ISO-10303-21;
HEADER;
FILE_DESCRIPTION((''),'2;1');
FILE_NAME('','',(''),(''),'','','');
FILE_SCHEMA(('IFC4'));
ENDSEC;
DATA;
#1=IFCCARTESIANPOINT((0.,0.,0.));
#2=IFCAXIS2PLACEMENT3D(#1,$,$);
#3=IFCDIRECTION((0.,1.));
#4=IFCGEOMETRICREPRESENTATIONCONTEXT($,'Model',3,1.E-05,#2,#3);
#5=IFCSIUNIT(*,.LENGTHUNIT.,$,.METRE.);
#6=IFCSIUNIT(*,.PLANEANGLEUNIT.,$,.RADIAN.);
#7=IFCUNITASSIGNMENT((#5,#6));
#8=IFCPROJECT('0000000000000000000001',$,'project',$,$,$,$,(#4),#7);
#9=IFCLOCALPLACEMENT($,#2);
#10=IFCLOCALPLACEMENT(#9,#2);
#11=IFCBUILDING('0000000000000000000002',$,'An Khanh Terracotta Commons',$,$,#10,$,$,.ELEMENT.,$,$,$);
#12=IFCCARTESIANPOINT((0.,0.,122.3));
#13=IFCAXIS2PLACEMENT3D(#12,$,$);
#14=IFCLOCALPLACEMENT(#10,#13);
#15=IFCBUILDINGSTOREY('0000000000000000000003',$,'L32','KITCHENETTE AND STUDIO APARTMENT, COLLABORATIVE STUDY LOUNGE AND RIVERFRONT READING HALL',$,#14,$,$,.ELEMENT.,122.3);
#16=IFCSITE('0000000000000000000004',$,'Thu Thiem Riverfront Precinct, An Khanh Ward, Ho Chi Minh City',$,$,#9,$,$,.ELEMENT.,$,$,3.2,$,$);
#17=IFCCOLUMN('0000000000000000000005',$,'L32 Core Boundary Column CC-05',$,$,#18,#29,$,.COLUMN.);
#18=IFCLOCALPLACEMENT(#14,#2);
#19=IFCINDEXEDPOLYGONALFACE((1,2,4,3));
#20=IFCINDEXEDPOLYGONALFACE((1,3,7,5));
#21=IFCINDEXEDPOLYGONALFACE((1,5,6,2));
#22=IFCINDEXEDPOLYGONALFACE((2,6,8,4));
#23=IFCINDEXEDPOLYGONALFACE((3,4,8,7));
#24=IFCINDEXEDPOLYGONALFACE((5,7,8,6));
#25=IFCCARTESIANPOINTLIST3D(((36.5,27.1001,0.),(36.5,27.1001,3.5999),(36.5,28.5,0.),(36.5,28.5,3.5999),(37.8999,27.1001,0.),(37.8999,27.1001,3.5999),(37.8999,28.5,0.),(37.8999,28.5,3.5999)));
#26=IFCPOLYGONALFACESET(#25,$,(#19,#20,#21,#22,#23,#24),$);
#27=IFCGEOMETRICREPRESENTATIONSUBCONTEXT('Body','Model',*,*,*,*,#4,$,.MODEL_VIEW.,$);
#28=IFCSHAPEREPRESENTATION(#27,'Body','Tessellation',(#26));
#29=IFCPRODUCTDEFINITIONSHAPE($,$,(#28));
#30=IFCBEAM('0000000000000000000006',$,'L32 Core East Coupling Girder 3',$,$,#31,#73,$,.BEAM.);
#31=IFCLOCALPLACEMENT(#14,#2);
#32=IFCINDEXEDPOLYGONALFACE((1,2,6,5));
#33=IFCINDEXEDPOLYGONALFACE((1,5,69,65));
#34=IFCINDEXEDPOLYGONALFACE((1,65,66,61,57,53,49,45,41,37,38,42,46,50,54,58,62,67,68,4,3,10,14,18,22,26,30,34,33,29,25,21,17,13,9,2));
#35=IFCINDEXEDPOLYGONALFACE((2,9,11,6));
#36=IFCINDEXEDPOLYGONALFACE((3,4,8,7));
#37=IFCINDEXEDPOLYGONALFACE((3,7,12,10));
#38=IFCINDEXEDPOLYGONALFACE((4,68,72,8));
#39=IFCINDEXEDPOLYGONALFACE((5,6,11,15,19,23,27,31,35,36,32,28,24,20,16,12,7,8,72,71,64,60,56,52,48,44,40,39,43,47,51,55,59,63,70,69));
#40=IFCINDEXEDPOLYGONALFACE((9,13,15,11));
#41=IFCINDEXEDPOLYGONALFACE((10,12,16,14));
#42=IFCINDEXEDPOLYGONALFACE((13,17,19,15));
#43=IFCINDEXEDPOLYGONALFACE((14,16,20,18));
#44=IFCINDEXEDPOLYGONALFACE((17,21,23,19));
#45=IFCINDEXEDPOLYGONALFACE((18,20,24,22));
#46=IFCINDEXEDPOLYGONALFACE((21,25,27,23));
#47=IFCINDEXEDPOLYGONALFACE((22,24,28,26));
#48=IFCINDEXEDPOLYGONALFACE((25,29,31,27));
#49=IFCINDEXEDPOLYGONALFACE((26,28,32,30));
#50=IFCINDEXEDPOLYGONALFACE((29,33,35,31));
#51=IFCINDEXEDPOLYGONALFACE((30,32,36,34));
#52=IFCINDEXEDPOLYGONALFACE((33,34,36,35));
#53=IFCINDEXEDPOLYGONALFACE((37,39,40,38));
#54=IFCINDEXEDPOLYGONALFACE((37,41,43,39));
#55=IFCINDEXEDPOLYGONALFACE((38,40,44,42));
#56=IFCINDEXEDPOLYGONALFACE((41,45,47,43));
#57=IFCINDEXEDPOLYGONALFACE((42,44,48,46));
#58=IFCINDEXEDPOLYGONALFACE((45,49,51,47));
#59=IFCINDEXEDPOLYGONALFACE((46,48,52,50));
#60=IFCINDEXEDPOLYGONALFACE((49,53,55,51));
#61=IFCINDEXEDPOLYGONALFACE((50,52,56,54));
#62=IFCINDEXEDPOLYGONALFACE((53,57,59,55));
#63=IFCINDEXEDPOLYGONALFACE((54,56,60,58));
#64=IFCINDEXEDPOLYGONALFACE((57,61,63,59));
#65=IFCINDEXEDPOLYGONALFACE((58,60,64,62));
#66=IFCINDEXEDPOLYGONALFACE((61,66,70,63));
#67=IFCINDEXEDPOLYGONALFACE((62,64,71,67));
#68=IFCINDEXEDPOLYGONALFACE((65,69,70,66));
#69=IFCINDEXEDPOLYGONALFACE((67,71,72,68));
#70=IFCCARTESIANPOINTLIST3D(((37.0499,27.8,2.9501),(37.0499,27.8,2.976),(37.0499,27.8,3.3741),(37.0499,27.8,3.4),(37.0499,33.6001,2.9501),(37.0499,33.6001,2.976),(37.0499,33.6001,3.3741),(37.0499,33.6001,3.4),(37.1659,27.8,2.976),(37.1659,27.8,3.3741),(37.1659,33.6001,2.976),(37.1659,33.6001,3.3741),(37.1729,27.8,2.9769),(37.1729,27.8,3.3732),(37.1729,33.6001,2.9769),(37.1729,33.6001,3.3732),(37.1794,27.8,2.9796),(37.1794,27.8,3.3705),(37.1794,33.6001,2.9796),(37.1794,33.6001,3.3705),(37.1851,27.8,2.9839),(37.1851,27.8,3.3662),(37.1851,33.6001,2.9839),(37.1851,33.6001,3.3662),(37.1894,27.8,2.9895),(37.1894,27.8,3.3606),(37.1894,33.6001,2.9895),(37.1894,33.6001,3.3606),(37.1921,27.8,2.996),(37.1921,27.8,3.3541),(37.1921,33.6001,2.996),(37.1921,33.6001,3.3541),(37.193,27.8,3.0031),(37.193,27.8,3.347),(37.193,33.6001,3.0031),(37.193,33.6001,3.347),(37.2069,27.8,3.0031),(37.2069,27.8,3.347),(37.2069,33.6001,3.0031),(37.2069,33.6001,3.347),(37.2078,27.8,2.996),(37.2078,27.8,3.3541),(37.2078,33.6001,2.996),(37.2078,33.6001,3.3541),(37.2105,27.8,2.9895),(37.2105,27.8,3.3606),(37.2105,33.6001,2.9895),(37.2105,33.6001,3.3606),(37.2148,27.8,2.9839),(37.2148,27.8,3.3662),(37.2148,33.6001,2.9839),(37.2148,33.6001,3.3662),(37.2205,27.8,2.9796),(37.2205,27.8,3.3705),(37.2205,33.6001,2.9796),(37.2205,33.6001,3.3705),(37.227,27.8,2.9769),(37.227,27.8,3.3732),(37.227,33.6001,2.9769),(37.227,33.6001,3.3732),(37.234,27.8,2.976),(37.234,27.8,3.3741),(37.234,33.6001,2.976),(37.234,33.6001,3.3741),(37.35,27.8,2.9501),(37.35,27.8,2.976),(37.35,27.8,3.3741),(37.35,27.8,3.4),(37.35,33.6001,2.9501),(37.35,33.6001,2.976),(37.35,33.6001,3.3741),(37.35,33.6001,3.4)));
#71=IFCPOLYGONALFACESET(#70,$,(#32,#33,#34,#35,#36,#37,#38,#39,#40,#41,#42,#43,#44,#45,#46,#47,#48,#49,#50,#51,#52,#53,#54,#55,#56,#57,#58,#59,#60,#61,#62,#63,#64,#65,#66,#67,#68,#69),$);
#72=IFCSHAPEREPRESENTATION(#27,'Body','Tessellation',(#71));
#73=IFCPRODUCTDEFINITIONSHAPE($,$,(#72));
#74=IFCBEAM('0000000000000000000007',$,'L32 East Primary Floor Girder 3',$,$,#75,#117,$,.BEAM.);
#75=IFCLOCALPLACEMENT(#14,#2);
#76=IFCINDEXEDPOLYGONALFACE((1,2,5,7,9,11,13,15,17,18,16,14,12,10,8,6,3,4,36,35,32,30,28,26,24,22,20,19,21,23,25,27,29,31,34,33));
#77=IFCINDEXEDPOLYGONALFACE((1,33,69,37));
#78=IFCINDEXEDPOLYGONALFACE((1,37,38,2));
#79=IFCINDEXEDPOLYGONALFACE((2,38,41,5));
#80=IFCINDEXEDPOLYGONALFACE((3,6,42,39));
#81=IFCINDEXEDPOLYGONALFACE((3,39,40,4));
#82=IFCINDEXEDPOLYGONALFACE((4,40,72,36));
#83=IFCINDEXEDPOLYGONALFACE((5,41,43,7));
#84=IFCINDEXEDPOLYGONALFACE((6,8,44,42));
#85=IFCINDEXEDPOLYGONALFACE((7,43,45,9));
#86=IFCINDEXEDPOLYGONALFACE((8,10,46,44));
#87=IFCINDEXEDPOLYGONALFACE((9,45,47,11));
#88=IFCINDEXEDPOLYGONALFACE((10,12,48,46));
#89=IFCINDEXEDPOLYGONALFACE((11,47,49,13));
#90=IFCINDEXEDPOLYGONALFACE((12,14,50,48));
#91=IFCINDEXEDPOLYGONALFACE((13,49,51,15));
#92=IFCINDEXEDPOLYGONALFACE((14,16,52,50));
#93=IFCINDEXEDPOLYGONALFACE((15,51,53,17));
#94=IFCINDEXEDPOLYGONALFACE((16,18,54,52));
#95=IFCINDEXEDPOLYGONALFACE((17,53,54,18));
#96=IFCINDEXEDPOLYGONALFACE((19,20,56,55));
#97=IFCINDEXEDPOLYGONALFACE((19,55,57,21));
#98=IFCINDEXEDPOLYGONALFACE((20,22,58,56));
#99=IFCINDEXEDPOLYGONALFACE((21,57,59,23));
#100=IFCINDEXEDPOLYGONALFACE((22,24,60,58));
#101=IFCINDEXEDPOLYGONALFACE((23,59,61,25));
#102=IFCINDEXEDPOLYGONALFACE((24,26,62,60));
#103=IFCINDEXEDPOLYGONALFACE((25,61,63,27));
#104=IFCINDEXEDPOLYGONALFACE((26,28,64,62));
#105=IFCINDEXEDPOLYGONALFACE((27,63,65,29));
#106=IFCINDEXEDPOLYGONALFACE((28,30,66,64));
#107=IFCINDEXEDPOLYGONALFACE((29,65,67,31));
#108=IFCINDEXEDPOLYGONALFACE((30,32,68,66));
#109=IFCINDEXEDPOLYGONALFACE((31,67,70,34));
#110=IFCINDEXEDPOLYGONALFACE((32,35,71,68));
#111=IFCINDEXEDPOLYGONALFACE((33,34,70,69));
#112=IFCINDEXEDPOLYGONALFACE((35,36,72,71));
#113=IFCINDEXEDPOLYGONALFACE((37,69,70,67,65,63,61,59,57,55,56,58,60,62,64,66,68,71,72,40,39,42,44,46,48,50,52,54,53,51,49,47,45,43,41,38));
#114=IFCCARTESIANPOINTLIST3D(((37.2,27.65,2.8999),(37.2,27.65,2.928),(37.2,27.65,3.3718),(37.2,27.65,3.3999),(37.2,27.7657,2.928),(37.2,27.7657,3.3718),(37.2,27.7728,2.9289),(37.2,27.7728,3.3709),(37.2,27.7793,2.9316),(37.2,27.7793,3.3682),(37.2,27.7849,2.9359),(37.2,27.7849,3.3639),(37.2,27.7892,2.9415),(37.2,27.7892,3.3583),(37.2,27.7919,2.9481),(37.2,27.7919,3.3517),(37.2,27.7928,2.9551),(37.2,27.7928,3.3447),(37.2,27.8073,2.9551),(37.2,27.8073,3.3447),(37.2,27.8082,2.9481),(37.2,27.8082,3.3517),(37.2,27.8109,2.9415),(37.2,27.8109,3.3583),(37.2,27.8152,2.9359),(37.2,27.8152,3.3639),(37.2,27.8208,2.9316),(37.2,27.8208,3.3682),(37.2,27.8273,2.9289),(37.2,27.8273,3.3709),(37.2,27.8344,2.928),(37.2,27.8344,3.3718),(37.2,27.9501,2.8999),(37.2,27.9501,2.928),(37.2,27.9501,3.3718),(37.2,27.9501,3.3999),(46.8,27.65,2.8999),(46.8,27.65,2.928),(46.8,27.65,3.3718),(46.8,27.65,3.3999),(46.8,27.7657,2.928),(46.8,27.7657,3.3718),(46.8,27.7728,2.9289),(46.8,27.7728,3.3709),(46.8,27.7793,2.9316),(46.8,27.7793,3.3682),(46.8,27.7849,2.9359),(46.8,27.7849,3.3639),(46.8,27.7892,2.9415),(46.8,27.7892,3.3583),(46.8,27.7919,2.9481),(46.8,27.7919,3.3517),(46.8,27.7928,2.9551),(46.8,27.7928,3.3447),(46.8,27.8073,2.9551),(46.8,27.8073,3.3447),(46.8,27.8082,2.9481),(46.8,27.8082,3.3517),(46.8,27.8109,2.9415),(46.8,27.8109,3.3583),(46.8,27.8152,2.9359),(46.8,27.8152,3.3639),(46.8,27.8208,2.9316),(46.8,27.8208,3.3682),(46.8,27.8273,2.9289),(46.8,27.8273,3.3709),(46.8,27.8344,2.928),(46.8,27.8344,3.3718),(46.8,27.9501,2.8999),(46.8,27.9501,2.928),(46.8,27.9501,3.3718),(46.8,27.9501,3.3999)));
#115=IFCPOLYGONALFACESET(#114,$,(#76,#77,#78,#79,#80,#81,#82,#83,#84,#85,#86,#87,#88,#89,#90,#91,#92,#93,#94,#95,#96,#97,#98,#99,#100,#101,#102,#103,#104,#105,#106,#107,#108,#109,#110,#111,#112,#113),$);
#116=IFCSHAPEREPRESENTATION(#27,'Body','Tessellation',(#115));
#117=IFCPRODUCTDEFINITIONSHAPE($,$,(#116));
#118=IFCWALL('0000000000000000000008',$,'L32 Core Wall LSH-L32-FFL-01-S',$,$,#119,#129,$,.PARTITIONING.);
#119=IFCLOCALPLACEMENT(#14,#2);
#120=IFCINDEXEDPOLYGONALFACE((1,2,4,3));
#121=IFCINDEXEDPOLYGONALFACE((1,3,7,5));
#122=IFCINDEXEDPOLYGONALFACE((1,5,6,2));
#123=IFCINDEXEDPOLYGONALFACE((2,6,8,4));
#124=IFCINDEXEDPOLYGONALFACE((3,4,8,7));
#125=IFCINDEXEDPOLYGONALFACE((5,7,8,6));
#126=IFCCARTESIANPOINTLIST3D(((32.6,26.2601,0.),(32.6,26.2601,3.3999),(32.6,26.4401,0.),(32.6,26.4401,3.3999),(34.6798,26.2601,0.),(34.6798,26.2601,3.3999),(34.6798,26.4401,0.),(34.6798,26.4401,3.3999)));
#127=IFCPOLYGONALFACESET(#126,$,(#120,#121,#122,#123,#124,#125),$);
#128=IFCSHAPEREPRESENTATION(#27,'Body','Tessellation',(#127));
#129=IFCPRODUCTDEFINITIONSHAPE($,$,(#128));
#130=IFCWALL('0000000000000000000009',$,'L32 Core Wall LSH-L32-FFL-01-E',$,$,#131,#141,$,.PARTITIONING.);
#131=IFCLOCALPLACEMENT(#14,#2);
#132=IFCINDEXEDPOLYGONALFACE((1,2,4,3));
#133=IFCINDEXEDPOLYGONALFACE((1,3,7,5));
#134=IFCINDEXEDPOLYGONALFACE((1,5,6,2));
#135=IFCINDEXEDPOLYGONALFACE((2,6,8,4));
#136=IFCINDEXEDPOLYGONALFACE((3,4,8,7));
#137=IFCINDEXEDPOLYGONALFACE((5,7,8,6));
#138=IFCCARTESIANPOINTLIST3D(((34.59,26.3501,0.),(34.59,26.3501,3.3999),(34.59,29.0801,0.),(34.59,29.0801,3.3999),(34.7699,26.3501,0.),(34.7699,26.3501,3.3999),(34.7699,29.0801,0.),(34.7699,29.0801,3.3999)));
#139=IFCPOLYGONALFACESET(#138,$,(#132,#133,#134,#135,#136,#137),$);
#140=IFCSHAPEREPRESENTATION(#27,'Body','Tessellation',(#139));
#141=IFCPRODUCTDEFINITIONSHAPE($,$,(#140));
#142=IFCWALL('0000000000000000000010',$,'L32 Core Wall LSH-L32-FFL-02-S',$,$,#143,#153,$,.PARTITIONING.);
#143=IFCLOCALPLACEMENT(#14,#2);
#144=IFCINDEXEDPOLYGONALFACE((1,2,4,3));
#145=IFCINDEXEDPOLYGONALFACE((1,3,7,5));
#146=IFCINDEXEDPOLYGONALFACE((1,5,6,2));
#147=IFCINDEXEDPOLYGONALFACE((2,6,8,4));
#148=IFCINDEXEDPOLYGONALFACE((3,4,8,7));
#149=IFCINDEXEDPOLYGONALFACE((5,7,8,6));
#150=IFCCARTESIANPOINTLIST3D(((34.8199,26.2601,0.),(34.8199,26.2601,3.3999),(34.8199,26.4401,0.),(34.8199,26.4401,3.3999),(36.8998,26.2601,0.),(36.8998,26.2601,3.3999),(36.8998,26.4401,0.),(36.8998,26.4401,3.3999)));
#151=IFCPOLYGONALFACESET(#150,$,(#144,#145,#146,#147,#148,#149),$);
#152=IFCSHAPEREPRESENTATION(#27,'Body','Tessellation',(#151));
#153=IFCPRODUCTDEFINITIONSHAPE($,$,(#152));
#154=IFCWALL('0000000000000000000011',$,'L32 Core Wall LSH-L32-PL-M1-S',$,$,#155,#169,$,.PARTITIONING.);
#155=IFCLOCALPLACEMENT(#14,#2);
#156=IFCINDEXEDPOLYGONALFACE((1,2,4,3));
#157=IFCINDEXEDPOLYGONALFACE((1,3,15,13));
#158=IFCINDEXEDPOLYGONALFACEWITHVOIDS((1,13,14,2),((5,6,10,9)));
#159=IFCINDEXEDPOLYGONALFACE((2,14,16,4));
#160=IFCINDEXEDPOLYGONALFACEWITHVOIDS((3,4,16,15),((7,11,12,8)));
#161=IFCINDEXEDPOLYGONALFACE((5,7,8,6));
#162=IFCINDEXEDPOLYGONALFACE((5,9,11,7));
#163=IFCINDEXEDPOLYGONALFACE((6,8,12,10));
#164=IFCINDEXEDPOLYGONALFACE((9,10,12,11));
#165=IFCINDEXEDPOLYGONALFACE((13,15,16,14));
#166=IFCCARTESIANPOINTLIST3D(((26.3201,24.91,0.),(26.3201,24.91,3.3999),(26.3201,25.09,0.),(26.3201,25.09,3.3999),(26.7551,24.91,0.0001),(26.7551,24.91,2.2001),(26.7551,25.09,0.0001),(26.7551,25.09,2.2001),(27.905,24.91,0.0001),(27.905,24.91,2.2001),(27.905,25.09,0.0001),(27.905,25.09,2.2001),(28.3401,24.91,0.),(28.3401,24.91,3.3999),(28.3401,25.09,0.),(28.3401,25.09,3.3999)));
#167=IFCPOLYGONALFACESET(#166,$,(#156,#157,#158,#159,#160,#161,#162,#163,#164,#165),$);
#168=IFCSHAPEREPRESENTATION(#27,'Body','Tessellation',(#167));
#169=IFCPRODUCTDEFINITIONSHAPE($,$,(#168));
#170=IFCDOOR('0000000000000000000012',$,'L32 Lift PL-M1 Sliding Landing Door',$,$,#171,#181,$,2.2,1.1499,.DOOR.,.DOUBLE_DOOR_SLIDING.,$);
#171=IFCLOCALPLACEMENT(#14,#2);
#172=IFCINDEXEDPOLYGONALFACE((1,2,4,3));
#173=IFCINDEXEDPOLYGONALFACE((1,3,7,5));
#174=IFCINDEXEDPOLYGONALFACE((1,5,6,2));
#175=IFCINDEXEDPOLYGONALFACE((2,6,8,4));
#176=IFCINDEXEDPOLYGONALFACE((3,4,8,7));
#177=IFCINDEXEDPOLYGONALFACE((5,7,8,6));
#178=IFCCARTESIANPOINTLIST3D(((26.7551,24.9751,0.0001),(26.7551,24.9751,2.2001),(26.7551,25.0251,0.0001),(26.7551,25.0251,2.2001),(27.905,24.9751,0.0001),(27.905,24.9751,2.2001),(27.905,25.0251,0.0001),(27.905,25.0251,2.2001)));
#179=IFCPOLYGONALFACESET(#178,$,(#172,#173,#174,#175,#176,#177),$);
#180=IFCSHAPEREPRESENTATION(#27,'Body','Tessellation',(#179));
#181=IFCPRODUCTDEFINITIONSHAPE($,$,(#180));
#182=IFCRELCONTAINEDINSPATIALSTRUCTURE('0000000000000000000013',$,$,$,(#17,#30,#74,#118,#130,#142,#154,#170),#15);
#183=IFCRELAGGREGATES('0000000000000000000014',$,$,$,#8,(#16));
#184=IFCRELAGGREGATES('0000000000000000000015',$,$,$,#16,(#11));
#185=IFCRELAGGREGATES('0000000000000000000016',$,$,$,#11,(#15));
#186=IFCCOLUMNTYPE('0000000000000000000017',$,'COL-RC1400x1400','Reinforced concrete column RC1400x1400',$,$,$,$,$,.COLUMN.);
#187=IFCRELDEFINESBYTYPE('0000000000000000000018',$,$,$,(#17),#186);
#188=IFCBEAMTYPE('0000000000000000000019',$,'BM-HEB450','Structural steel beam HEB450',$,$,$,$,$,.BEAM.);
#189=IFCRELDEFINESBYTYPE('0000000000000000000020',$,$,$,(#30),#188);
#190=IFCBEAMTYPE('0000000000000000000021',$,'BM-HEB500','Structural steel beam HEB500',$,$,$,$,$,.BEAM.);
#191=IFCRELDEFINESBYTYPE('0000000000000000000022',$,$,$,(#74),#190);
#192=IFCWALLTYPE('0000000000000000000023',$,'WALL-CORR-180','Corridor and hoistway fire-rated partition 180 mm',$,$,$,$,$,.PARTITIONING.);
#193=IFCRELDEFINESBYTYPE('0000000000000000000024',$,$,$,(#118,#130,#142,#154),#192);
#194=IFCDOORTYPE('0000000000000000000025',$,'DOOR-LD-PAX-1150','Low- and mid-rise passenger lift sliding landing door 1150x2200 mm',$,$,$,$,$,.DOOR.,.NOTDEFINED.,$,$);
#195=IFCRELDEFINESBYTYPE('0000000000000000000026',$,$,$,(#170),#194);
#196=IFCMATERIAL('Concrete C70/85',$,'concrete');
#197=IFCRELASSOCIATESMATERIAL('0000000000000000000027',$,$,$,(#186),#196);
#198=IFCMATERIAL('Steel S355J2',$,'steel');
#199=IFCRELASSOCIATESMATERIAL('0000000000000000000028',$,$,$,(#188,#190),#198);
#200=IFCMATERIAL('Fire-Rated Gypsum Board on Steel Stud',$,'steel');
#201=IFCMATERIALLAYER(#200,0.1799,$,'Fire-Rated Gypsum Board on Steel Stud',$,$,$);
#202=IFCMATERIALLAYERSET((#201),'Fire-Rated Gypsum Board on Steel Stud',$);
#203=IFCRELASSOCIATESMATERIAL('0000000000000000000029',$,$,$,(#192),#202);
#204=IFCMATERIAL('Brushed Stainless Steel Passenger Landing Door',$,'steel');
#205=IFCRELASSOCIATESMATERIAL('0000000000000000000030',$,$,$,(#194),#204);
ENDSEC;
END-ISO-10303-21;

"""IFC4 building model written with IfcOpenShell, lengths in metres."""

from ifc_helpers import new_model, si_unit, direction, frame, frame_2d, origin, origin_2d, place, context, subcontext, project, spatial, rectangle, i_section, extrude, material, layer, layer_set, material_profile, profile_set, type_object, element, fill, save


model = new_model("IFC4")

# Units and contexts
model_context = context("Model", 3, precision=1e-05, world=origin(), true_north=direction((0.0, 1.0)))
body_context = subcontext(model_context, "Body", "Model", "MODEL_VIEW")
ifc_project = project(units=[si_unit("LENGTHUNIT", "METRE"), si_unit("PLANEANGLEUNIT", "RADIAN")], contexts=[model_context])

# Site, building, storey
site_placement = place(None, origin())
site = spatial("IfcSite", under=ifc_project, at=site_placement, Name="Thu Thiem Riverfront Precinct, An Khanh Ward, Ho Chi Minh City", CompositionType="ELEMENT", RefElevation=3.2)
building_placement = place(site_placement, origin())
building = spatial("IfcBuilding", under=site, at=building_placement, Name="An Khanh Terracotta Commons", CompositionType="ELEMENT")
storey_placement = place(building_placement, frame((0.0, 0.0, 122.3)))
storey = spatial("IfcBuildingStorey", under=building, at=storey_placement, Name="L32", Description="KITCHENETTE AND STUDIO APARTMENT, COLLABORATIVE STUDY LOUNGE AND RIVERFRONT READING HALL", CompositionType="ELEMENT", Elevation=122.3)

# Column
ifc_material_1 = material(Name="Concrete C70/85", Category="concrete")
ifc_material_profile_1 = material_profile(ifc_material_1, rectangle(XDim=1.3999, YDim=1.3999, at=origin_2d()), Name="RC1400x1400")
ifc_profile_set_1 = profile_set([ifc_material_profile_1], Name="Concrete C70/85")
column_type = type_object("IfcColumnType", Name="COL-RC1400x1400", Description="Reinforced concrete column RC1400x1400", PredefinedType="COLUMN", material=ifc_profile_set_1)
column_placement = place(storey_placement, frame((37.2, 27.8, 0.0), z_axis=(0.0, 0.0, 1.0), x_axis=(1.0, 0.0, 0.0)))
element("IfcColumn", 1, at=column_placement, inside=storey, type_object=column_type, Name="L32 Core Boundary Column CC-05", PredefinedType="COLUMN", context=body_context, shape_type="SweptSolid", body=[
    extrude(rectangle(XDim=1.3999, YDim=1.3999, at=origin_2d()), origin(), (0.0, 0.0, 1.0), 3.5999),
])

# Beams
ifc_material_2 = material(Name="Steel S355J2", Category="steel")
ifc_material_profile_2 = material_profile(ifc_material_2, i_section(OverallWidth=0.3, OverallDepth=0.45, WebThickness=0.0139, FlangeThickness=0.0259, FilletRadius=0.0271, at=origin_2d()), Name="HEB450")
ifc_profile_set_2 = profile_set([ifc_material_profile_2], Name="Steel S355J2")
beam_type_1 = type_object("IfcBeamType", Name="BM-HEB450", Description="Structural steel beam HEB450", PredefinedType="BEAM", material=ifc_profile_set_2)
beam_1_placement = place(storey_placement, frame((37.2, 27.8, 3.175), z_axis=(0.0, 1.0, 0.0), x_axis=(-1.0, 0.0, 0.0)))
element("IfcBeam", 2, at=beam_1_placement, inside=storey, type_object=beam_type_1, Name="L32 Core East Coupling Girder 3", PredefinedType="BEAM", context=body_context, shape_type="SweptSolid", body=[
    extrude(i_section(OverallWidth=0.3, OverallDepth=0.45, WebThickness=0.0139, FlangeThickness=0.0259, FilletRadius=0.0271, at=origin_2d()), origin(), (0.0, 0.0, 1.0), 5.8),
])
ifc_material_profile_3 = material_profile(ifc_material_2, i_section(OverallWidth=0.3, OverallDepth=0.5, WebThickness=0.0144, FlangeThickness=0.0281, FilletRadius=0.0271, at=origin_2d()), Name="HEB500")
ifc_profile_set_3 = profile_set([ifc_material_profile_3], Name="Steel S355J2")
beam_type_2 = type_object("IfcBeamType", Name="BM-HEB500", Description="Structural steel beam HEB500", PredefinedType="BEAM", material=ifc_profile_set_3)
beam_2_placement = place(storey_placement, frame((37.2, 27.8, 3.1499), z_axis=(1.0, 0.0, 0.0), x_axis=(0.0, 1.0, 0.0)))
element("IfcBeam", 3, at=beam_2_placement, inside=storey, type_object=beam_type_2, Name="L32 East Primary Floor Girder 3", PredefinedType="BEAM", context=body_context, shape_type="SweptSolid", body=[
    extrude(i_section(OverallWidth=0.3, OverallDepth=0.5, WebThickness=0.0144, FlangeThickness=0.0281, FilletRadius=0.0271, at=origin_2d()), origin(), (0.0, 0.0, 1.0), 9.6001),
])

# Walls
ifc_material_3 = material(Name="Fire-Rated Gypsum Board on Steel Stud", Category="steel")
ifc_layer_1 = layer(ifc_material_3, 0.1799, Name="Fire-Rated Gypsum Board on Steel Stud")
ifc_layer_set_1 = layer_set([ifc_layer_1], Name="Fire-Rated Gypsum Board on Steel Stud")
wall_type_1 = type_object("IfcWallType", Name="WALL-CORR-180", Description="Corridor and hoistway fire-rated partition 180 mm", PredefinedType="PARTITIONING", material=ifc_layer_set_1)
wall_1_placement = place(storey_placement, frame((34.6799, 26.3501, 0.0), z_axis=(0.0, 0.0, 1.0), x_axis=(-1.0, 0.0, 0.0)))
element("IfcWall", 4, at=wall_1_placement, inside=storey, type_object=wall_type_1, Name="L32 Core Wall LSH-L32-FFL-01-S", PredefinedType="PARTITIONING", context=body_context, shape_type="SweptSolid", body=[
    extrude(rectangle(XDim=2.0798, YDim=0.1799, at=frame_2d((1.04, 0.0))), origin(), (0.0, 0.0, 1.0), 3.3999),
])
wall_2_placement = place(storey_placement, frame((34.6799, 26.3501, 0.0), z_axis=(0.0, 0.0, 1.0), x_axis=(0.0, 1.0, 0.0)))
element("IfcWall", 5, at=wall_2_placement, inside=storey, type_object=wall_type_1, Name="L32 Core Wall LSH-L32-FFL-01-E", PredefinedType="PARTITIONING", context=body_context, shape_type="SweptSolid", body=[
    extrude(rectangle(XDim=2.73, YDim=0.1799, at=frame_2d((1.365, 0.0))), origin(), (0.0, 0.0, 1.0), 3.3999),
])
wall_3_placement = place(storey_placement, frame((36.8999, 26.3501, 0.0), z_axis=(0.0, 0.0, 1.0), x_axis=(-1.0, 0.0, 0.0)))
element("IfcWall", 6, at=wall_3_placement, inside=storey, type_object=wall_type_1, Name="L32 Core Wall LSH-L32-FFL-02-S", PredefinedType="PARTITIONING", context=body_context, shape_type="SweptSolid", body=[
    extrude(rectangle(XDim=2.0798, YDim=0.1799, at=frame_2d((1.04, 0.0))), origin(), (0.0, 0.0, 1.0), 3.3999),
])

# Wall, opening, door
wall_4_placement = place(storey_placement, frame((28.3401, 25.0, 0.0), z_axis=(0.0, 0.0, 1.0), x_axis=(-1.0, 0.0, 0.0)))
wall_4 = element("IfcWall", 7, at=wall_4_placement, inside=storey, type_object=wall_type_1, Name="L32 Core Wall LSH-L32-PL-M1-S", PredefinedType="PARTITIONING", context=body_context, shape_type="SweptSolid", body=[
    extrude(rectangle(XDim=2.02, YDim=0.1799, at=frame_2d((1.01, 0.0))), origin(), (0.0, 0.0, 1.0), 3.3999),
])
opening_1_placement = place(wall_4_placement, frame((0.4351, 0.0, 0.0)))
opening_1 = element("IfcOpeningElement", 8, at=opening_1_placement, cuts=wall_4, PredefinedType="OPENING", context=body_context, shape_type="SweptSolid", body=[
    extrude(rectangle(XDim=1.1499, YDim=2.2, at=frame_2d((0.575, 1.1001))), frame((0.0, 0.0999, 0.0), z_axis=(0.0, -1.0, 0.0), x_axis=(1.0, 0.0, 0.0)), (0.0, 0.0, 1.0), 0.2),
])
ifc_material_4 = material(Name="Brushed Stainless Steel Passenger Landing Door", Category="steel")
door_type = type_object("IfcDoorType", Name="DOOR-LD-PAX-1150", Description="Low- and mid-rise passenger lift sliding landing door 1150x2200 mm", OperationType="NOTDEFINED", PredefinedType="DOOR", material=ifc_material_4)
door_1_placement = place(opening_1_placement, origin())
door_1 = element("IfcDoor", 9, at=door_1_placement, inside=storey, type_object=door_type, Name="L32 Lift PL-M1 Sliding Landing Door", OperationType="DOUBLE_DOOR_SLIDING", OverallHeight=2.2, OverallWidth=1.1499, PredefinedType="DOOR", context=body_context, shape_type="SweptSolid", body=[
    extrude(rectangle(XDim=1.1499, YDim=2.2, at=frame_2d((0.575, 1.1001))), frame((0.0, 0.0249, 0.0), z_axis=(0.0, -1.0, 0.0), x_axis=(1.0, 0.0, 0.0)), (0.0, 0.0, 1.0), 0.05),
])
fill(opening_1, door_1)

save(model, "model.ifc")
